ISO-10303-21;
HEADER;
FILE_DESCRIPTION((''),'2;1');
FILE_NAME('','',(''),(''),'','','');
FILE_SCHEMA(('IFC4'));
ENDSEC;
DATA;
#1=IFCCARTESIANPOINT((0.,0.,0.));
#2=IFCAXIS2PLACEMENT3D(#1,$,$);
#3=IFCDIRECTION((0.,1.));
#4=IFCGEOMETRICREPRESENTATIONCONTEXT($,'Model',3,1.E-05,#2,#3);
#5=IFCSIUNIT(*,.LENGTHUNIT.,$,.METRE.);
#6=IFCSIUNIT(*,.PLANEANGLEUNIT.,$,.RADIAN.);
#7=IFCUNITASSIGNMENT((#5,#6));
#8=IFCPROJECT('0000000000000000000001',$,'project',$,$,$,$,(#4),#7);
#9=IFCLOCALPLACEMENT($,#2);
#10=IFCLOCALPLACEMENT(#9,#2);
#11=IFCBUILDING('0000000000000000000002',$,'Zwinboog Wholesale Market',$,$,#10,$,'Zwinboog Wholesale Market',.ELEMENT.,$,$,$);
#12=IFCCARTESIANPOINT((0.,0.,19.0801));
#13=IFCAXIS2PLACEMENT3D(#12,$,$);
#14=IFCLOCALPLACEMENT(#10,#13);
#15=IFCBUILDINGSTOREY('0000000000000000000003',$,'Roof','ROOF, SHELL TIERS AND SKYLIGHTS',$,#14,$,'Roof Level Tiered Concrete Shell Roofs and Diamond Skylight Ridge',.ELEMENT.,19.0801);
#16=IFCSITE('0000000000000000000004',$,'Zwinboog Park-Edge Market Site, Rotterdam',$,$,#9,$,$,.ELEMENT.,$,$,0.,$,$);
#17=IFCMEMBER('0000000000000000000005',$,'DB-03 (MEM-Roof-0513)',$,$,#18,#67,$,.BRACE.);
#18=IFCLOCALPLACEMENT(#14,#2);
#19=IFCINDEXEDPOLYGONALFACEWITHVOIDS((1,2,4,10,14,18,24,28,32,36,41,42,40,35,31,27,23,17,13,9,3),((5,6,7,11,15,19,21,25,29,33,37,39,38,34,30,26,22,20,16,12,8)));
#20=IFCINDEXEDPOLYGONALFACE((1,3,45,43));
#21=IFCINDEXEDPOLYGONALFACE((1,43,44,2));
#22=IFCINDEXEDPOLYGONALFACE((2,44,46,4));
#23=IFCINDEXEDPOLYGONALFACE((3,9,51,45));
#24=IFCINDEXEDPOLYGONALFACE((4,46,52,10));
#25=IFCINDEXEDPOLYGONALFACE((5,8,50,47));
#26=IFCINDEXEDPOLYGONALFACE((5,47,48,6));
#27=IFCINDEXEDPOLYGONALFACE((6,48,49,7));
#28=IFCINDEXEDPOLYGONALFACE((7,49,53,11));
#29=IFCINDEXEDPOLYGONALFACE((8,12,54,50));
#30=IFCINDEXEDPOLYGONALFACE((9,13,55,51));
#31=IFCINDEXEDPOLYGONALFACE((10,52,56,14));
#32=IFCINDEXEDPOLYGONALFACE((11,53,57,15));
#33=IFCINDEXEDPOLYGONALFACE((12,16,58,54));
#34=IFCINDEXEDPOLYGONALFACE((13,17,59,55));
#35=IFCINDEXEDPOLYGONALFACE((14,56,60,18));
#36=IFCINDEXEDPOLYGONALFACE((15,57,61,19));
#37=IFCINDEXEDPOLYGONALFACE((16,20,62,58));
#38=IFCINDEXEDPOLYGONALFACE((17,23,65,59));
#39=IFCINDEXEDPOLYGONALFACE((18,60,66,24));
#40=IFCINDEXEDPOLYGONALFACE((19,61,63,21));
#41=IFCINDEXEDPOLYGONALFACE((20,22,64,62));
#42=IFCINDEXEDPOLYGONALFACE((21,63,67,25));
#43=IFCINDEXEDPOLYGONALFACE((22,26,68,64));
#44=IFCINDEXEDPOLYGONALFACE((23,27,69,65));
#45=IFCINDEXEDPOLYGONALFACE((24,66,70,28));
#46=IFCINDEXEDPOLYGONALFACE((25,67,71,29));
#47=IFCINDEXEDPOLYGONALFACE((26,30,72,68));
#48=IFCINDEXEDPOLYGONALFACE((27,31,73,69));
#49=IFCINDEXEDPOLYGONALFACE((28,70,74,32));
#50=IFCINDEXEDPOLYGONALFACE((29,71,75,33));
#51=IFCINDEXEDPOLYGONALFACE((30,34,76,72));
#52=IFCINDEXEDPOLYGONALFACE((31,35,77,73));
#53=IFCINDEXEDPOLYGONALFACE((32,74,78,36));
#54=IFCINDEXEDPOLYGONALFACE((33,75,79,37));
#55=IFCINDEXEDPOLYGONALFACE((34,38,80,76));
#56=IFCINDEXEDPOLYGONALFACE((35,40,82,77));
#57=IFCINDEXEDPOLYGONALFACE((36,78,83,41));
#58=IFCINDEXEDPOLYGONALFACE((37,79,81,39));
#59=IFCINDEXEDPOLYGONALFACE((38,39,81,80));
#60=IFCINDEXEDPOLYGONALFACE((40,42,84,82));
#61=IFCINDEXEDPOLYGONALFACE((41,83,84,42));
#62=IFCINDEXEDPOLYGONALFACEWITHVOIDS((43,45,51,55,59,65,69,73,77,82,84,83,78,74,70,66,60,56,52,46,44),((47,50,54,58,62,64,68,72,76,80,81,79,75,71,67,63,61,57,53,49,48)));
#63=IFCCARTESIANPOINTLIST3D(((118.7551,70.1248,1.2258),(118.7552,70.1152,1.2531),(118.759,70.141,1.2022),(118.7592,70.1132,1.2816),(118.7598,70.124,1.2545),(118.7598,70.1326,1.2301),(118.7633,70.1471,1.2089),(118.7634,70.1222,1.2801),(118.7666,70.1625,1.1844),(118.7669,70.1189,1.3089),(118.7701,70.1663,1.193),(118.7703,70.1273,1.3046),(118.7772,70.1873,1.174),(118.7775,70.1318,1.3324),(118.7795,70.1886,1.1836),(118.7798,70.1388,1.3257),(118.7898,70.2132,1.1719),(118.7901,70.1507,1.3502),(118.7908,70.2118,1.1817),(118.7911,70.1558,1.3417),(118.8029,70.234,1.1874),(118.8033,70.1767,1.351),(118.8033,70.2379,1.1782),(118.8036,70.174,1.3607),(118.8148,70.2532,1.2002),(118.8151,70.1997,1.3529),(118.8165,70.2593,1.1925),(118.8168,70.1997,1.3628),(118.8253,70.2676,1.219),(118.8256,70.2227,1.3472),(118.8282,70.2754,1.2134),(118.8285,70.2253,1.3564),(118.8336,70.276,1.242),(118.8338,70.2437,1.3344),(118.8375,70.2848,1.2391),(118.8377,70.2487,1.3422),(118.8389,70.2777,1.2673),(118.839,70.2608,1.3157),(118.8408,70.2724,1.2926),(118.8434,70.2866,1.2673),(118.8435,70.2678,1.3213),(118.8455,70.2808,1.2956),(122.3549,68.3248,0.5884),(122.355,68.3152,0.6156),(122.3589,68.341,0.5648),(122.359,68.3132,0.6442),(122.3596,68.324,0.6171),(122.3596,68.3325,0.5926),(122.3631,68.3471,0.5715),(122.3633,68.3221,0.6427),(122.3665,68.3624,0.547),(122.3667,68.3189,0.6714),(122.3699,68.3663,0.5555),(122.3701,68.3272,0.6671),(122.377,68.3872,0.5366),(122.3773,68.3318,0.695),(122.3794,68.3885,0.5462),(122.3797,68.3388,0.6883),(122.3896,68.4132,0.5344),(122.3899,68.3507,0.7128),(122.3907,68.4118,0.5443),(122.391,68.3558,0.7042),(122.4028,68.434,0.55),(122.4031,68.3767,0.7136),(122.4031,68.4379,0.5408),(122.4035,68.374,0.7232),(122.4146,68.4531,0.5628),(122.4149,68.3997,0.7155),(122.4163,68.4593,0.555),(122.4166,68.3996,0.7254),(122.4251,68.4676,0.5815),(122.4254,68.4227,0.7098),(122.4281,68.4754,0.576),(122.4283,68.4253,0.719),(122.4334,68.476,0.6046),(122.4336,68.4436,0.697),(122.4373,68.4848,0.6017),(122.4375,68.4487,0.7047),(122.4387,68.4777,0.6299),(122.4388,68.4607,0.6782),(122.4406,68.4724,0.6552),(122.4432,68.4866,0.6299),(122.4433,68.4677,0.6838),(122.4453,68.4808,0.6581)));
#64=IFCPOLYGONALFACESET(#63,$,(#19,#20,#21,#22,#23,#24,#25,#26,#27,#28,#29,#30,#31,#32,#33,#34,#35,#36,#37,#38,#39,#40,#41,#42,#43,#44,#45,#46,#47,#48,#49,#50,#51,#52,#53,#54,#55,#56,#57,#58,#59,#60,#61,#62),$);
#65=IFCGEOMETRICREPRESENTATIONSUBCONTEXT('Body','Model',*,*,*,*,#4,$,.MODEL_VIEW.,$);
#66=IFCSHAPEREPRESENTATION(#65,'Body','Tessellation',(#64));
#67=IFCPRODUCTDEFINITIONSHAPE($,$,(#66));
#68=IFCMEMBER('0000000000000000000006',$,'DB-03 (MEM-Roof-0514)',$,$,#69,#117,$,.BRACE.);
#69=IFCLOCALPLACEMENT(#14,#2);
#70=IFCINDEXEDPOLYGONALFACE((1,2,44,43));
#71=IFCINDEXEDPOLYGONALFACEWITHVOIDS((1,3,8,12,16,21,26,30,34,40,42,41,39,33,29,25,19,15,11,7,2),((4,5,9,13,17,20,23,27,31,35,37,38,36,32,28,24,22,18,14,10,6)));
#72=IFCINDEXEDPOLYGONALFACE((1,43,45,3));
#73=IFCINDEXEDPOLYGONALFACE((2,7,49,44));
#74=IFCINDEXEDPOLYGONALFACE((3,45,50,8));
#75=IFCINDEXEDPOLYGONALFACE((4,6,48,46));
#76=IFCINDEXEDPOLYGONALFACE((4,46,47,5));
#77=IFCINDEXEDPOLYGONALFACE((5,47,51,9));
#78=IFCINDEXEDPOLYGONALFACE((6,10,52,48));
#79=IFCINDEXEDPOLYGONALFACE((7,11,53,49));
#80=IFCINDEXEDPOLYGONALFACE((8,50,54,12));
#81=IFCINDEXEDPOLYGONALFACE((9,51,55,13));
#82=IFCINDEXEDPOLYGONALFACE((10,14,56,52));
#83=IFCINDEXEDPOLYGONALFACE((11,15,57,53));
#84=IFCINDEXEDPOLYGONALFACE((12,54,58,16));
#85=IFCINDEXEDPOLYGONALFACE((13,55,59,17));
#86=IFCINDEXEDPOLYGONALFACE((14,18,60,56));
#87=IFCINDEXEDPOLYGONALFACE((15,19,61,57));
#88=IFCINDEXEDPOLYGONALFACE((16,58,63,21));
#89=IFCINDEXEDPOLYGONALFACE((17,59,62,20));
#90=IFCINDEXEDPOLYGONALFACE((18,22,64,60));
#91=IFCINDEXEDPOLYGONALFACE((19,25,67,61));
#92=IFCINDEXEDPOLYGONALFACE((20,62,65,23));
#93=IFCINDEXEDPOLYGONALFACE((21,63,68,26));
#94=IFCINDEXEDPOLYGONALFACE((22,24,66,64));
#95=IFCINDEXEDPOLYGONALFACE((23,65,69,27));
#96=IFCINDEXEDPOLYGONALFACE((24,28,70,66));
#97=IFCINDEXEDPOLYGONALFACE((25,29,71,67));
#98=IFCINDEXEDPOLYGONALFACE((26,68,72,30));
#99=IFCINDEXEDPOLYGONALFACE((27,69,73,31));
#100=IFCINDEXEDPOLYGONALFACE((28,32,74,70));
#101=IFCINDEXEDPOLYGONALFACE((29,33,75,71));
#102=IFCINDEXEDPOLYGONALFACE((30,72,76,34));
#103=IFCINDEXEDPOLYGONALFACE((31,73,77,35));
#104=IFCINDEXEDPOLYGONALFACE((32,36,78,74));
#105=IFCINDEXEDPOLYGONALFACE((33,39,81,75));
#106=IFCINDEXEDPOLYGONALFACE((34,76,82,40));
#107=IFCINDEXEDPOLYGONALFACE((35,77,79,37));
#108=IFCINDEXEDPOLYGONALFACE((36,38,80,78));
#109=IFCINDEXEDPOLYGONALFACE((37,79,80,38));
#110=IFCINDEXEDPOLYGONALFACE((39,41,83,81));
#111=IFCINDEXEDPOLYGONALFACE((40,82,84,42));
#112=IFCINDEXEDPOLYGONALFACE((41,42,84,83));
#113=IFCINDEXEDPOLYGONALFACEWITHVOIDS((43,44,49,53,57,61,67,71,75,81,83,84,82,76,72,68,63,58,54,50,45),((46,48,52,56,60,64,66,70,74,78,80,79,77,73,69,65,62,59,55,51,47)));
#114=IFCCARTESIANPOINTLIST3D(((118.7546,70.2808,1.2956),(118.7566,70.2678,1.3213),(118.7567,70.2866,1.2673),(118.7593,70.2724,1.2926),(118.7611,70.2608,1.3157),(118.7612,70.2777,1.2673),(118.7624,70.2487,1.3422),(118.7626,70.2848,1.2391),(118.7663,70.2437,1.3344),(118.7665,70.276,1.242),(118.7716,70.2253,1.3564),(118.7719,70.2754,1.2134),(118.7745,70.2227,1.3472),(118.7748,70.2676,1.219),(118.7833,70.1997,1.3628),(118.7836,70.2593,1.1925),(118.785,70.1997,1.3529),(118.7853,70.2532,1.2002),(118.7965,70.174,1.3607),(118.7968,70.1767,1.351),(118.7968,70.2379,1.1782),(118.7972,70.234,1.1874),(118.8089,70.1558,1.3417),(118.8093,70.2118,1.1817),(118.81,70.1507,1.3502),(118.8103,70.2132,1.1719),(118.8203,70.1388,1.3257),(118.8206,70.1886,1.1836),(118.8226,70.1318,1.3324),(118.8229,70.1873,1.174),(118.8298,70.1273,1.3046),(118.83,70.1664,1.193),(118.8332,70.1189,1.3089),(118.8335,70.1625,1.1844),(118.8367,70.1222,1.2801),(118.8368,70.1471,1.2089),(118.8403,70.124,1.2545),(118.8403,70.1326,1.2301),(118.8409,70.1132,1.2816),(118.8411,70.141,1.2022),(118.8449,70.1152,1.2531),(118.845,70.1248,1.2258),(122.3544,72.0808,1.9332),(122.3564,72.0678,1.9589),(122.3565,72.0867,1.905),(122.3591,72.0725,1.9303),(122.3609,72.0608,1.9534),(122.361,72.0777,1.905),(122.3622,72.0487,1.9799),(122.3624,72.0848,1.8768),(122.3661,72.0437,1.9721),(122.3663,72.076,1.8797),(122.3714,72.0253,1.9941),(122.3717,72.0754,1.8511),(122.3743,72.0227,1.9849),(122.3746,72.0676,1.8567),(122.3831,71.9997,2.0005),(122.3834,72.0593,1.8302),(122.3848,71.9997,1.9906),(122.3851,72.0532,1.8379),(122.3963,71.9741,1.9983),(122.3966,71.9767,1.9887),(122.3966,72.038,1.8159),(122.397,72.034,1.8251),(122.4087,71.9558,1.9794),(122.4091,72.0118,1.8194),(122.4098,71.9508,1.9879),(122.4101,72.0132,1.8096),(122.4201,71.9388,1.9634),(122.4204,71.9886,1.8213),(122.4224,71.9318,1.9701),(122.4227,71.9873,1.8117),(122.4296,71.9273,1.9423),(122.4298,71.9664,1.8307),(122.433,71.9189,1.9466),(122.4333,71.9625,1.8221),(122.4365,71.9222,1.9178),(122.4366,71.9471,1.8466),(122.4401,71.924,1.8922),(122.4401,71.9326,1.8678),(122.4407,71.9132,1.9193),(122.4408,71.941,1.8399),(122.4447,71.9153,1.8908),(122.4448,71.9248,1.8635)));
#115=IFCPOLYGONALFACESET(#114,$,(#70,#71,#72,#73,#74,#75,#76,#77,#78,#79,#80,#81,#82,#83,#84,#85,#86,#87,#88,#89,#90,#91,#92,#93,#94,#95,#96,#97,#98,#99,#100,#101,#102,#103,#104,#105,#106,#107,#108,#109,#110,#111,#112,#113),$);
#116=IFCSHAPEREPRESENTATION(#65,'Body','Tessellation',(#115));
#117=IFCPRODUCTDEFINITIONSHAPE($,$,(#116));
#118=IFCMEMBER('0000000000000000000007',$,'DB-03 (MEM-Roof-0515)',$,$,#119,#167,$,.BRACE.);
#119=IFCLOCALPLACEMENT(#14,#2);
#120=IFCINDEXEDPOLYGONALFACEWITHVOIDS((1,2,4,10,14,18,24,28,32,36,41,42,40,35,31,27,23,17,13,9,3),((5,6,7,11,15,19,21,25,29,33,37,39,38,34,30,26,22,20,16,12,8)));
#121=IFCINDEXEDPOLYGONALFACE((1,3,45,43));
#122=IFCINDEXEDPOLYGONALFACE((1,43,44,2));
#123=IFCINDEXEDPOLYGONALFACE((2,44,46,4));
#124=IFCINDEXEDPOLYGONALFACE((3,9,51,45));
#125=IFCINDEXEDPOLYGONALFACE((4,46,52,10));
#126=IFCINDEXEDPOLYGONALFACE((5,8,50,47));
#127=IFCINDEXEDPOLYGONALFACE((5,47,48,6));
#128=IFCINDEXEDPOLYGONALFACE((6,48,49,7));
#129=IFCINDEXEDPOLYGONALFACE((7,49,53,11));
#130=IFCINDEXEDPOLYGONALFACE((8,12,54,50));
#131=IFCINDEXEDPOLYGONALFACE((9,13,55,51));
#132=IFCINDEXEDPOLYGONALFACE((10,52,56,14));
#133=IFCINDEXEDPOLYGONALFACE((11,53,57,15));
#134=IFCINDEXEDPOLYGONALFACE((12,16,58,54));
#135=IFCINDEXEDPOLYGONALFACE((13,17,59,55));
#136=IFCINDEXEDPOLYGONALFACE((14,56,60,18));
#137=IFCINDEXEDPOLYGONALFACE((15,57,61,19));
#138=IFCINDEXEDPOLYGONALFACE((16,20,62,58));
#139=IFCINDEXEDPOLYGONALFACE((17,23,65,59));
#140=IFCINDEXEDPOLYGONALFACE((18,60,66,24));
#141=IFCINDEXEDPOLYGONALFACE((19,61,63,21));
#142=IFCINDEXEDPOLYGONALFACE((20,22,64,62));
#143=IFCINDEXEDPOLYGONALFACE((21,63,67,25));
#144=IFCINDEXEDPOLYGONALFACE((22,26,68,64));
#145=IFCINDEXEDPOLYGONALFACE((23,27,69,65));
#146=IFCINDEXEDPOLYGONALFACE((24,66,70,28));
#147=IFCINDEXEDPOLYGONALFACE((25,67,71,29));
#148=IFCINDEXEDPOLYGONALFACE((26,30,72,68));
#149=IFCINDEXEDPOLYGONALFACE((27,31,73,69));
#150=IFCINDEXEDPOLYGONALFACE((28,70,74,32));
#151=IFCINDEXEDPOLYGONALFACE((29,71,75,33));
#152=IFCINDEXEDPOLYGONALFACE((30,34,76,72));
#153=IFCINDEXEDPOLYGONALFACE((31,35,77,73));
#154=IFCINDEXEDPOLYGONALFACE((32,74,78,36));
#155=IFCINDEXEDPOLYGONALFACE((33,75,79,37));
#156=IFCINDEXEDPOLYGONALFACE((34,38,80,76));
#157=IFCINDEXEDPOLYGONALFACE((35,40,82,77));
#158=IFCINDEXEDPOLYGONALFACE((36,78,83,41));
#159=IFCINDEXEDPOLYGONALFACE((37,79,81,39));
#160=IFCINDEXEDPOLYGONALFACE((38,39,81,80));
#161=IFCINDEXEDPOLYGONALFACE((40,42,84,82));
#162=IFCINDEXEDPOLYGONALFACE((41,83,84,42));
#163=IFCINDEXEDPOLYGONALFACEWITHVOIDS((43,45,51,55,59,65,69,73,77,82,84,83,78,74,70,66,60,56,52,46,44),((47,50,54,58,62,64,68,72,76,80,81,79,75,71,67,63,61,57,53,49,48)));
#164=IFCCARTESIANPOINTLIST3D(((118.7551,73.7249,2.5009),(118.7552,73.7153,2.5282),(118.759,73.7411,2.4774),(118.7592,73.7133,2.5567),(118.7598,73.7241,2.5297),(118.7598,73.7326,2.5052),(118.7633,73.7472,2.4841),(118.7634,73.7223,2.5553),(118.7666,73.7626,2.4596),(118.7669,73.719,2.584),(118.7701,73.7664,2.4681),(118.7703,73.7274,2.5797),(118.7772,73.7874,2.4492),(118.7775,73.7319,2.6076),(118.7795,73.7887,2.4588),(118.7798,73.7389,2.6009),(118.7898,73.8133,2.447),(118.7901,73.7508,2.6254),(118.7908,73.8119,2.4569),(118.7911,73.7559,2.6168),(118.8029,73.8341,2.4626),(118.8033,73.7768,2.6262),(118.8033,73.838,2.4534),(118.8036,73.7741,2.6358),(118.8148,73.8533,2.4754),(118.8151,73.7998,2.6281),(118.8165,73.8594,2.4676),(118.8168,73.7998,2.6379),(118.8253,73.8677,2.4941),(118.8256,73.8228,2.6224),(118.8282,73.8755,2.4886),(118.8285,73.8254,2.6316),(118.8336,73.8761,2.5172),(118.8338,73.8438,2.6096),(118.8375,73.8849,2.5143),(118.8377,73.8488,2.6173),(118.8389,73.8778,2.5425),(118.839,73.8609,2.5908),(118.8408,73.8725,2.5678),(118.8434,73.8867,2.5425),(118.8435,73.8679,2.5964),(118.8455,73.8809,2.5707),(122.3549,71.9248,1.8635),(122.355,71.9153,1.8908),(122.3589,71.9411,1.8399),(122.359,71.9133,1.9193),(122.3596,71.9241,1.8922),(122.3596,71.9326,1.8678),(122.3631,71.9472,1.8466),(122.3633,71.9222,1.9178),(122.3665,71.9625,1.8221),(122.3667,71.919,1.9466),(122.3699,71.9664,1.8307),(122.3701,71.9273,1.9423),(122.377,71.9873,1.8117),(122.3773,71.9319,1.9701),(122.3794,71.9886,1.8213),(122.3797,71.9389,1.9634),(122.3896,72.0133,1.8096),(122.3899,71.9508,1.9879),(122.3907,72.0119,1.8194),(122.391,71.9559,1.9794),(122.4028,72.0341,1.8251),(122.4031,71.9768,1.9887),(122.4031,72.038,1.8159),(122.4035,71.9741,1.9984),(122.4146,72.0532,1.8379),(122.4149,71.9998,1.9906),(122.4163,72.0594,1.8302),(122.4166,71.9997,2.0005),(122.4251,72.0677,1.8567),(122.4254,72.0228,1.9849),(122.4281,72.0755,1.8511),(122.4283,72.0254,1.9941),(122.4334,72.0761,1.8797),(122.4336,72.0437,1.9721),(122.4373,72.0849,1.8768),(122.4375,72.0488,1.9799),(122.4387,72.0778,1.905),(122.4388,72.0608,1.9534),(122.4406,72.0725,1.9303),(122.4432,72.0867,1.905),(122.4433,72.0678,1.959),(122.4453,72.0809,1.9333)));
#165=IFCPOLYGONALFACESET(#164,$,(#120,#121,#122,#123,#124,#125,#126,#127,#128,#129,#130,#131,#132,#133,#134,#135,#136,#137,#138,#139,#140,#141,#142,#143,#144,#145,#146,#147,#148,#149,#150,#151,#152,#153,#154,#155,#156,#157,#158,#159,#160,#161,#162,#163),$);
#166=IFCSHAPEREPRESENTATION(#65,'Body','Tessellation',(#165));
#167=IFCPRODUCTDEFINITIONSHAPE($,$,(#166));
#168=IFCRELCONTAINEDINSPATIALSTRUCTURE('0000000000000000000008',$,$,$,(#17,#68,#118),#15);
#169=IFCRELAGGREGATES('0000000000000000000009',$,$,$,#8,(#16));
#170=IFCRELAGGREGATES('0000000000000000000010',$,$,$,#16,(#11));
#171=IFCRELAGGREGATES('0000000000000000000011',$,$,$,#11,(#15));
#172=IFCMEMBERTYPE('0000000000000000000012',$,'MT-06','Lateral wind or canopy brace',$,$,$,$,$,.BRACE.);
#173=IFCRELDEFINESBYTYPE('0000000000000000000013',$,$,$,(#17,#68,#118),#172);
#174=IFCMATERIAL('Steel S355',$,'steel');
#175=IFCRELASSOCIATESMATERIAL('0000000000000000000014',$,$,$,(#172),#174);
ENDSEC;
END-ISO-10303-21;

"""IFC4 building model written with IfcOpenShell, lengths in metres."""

from ifc_helpers import new_model, si_unit, direction, frame, origin, origin_2d, place, context, subcontext, project, spatial, hollow_circle, extrude, material, material_profile, profile_set, type_object, element, save


model = new_model("IFC4")

# Units and contexts
model_context = context("Model", 3, precision=1e-05, world=origin(), true_north=direction((0.0, 1.0)))
body_context = subcontext(model_context, "Body", "Model", "MODEL_VIEW")
ifc_project = project(units=[si_unit("LENGTHUNIT", "METRE"), si_unit("PLANEANGLEUNIT", "RADIAN")], contexts=[model_context])

# Site, building, storey
site_placement = place(None, origin())
site = spatial("IfcSite", under=ifc_project, at=site_placement, Name="Zwinboog Park-Edge Market Site, Rotterdam", CompositionType="ELEMENT", RefElevation=0.0)
building_placement = place(site_placement, origin())
building = spatial("IfcBuilding", under=site, at=building_placement, Name="Zwinboog Wholesale Market", LongName="Zwinboog Wholesale Market", CompositionType="ELEMENT")
storey_placement = place(building_placement, frame((0.0, 0.0, 19.0801)))
storey = spatial("IfcBuildingStorey", under=building, at=storey_placement, Name="Roof", Description="ROOF, SHELL TIERS AND SKYLIGHTS", LongName="Roof Level Tiered Concrete Shell Roofs and Diamond Skylight Ridge", CompositionType="ELEMENT", Elevation=19.0801)

# Members
ifc_material_1 = material(Name="Steel S355", Category="steel")
ifc_material_profile_1 = material_profile(ifc_material_1, hollow_circle(Radius=0.0969, WallThickness=0.01, at=origin_2d()), Name="CHS 193.7x10")
ifc_profile_set_1 = profile_set([ifc_material_profile_1], Name="Steel S355")
member_type_1 = type_object("IfcMemberType", Name="MT-06", Description="Lateral wind or canopy brace", PredefinedType="BRACE", material=ifc_profile_set_1)
for number, where, z_axis, x_axis, name in (
    (1, (118.8, 70.2, 1.2673), (0.883404, -0.441732, -0.15643), (0.447238, 0.894415, 0.0), "DB-03 (MEM-Roof-0513)"),
    (2, (118.8, 70.2, 1.2673), (0.883396, 0.441728, 0.156489), (-0.447238, 0.894415, 0.0), "DB-03 (MEM-Roof-0514)"),
    (3, (118.8, 73.8, 2.5425), (0.883404, -0.441732, -0.15643), (0.447238, 0.894415, 0.0), "DB-03 (MEM-Roof-0515)"),
):
    element("IfcMember", number, at=place(storey_placement, frame(where, z_axis=z_axis, x_axis=x_axis)), inside=storey, type_object=member_type_1, Name=name, PredefinedType="BRACE", context=body_context, shape_type="SweptSolid", body=[
        extrude(hollow_circle(Radius=0.0969, WallThickness=0.01, at=origin_2d()), origin(), (0.0, 0.0, 1.0), 4.075),
    ])

save(model, "model.ifc")
